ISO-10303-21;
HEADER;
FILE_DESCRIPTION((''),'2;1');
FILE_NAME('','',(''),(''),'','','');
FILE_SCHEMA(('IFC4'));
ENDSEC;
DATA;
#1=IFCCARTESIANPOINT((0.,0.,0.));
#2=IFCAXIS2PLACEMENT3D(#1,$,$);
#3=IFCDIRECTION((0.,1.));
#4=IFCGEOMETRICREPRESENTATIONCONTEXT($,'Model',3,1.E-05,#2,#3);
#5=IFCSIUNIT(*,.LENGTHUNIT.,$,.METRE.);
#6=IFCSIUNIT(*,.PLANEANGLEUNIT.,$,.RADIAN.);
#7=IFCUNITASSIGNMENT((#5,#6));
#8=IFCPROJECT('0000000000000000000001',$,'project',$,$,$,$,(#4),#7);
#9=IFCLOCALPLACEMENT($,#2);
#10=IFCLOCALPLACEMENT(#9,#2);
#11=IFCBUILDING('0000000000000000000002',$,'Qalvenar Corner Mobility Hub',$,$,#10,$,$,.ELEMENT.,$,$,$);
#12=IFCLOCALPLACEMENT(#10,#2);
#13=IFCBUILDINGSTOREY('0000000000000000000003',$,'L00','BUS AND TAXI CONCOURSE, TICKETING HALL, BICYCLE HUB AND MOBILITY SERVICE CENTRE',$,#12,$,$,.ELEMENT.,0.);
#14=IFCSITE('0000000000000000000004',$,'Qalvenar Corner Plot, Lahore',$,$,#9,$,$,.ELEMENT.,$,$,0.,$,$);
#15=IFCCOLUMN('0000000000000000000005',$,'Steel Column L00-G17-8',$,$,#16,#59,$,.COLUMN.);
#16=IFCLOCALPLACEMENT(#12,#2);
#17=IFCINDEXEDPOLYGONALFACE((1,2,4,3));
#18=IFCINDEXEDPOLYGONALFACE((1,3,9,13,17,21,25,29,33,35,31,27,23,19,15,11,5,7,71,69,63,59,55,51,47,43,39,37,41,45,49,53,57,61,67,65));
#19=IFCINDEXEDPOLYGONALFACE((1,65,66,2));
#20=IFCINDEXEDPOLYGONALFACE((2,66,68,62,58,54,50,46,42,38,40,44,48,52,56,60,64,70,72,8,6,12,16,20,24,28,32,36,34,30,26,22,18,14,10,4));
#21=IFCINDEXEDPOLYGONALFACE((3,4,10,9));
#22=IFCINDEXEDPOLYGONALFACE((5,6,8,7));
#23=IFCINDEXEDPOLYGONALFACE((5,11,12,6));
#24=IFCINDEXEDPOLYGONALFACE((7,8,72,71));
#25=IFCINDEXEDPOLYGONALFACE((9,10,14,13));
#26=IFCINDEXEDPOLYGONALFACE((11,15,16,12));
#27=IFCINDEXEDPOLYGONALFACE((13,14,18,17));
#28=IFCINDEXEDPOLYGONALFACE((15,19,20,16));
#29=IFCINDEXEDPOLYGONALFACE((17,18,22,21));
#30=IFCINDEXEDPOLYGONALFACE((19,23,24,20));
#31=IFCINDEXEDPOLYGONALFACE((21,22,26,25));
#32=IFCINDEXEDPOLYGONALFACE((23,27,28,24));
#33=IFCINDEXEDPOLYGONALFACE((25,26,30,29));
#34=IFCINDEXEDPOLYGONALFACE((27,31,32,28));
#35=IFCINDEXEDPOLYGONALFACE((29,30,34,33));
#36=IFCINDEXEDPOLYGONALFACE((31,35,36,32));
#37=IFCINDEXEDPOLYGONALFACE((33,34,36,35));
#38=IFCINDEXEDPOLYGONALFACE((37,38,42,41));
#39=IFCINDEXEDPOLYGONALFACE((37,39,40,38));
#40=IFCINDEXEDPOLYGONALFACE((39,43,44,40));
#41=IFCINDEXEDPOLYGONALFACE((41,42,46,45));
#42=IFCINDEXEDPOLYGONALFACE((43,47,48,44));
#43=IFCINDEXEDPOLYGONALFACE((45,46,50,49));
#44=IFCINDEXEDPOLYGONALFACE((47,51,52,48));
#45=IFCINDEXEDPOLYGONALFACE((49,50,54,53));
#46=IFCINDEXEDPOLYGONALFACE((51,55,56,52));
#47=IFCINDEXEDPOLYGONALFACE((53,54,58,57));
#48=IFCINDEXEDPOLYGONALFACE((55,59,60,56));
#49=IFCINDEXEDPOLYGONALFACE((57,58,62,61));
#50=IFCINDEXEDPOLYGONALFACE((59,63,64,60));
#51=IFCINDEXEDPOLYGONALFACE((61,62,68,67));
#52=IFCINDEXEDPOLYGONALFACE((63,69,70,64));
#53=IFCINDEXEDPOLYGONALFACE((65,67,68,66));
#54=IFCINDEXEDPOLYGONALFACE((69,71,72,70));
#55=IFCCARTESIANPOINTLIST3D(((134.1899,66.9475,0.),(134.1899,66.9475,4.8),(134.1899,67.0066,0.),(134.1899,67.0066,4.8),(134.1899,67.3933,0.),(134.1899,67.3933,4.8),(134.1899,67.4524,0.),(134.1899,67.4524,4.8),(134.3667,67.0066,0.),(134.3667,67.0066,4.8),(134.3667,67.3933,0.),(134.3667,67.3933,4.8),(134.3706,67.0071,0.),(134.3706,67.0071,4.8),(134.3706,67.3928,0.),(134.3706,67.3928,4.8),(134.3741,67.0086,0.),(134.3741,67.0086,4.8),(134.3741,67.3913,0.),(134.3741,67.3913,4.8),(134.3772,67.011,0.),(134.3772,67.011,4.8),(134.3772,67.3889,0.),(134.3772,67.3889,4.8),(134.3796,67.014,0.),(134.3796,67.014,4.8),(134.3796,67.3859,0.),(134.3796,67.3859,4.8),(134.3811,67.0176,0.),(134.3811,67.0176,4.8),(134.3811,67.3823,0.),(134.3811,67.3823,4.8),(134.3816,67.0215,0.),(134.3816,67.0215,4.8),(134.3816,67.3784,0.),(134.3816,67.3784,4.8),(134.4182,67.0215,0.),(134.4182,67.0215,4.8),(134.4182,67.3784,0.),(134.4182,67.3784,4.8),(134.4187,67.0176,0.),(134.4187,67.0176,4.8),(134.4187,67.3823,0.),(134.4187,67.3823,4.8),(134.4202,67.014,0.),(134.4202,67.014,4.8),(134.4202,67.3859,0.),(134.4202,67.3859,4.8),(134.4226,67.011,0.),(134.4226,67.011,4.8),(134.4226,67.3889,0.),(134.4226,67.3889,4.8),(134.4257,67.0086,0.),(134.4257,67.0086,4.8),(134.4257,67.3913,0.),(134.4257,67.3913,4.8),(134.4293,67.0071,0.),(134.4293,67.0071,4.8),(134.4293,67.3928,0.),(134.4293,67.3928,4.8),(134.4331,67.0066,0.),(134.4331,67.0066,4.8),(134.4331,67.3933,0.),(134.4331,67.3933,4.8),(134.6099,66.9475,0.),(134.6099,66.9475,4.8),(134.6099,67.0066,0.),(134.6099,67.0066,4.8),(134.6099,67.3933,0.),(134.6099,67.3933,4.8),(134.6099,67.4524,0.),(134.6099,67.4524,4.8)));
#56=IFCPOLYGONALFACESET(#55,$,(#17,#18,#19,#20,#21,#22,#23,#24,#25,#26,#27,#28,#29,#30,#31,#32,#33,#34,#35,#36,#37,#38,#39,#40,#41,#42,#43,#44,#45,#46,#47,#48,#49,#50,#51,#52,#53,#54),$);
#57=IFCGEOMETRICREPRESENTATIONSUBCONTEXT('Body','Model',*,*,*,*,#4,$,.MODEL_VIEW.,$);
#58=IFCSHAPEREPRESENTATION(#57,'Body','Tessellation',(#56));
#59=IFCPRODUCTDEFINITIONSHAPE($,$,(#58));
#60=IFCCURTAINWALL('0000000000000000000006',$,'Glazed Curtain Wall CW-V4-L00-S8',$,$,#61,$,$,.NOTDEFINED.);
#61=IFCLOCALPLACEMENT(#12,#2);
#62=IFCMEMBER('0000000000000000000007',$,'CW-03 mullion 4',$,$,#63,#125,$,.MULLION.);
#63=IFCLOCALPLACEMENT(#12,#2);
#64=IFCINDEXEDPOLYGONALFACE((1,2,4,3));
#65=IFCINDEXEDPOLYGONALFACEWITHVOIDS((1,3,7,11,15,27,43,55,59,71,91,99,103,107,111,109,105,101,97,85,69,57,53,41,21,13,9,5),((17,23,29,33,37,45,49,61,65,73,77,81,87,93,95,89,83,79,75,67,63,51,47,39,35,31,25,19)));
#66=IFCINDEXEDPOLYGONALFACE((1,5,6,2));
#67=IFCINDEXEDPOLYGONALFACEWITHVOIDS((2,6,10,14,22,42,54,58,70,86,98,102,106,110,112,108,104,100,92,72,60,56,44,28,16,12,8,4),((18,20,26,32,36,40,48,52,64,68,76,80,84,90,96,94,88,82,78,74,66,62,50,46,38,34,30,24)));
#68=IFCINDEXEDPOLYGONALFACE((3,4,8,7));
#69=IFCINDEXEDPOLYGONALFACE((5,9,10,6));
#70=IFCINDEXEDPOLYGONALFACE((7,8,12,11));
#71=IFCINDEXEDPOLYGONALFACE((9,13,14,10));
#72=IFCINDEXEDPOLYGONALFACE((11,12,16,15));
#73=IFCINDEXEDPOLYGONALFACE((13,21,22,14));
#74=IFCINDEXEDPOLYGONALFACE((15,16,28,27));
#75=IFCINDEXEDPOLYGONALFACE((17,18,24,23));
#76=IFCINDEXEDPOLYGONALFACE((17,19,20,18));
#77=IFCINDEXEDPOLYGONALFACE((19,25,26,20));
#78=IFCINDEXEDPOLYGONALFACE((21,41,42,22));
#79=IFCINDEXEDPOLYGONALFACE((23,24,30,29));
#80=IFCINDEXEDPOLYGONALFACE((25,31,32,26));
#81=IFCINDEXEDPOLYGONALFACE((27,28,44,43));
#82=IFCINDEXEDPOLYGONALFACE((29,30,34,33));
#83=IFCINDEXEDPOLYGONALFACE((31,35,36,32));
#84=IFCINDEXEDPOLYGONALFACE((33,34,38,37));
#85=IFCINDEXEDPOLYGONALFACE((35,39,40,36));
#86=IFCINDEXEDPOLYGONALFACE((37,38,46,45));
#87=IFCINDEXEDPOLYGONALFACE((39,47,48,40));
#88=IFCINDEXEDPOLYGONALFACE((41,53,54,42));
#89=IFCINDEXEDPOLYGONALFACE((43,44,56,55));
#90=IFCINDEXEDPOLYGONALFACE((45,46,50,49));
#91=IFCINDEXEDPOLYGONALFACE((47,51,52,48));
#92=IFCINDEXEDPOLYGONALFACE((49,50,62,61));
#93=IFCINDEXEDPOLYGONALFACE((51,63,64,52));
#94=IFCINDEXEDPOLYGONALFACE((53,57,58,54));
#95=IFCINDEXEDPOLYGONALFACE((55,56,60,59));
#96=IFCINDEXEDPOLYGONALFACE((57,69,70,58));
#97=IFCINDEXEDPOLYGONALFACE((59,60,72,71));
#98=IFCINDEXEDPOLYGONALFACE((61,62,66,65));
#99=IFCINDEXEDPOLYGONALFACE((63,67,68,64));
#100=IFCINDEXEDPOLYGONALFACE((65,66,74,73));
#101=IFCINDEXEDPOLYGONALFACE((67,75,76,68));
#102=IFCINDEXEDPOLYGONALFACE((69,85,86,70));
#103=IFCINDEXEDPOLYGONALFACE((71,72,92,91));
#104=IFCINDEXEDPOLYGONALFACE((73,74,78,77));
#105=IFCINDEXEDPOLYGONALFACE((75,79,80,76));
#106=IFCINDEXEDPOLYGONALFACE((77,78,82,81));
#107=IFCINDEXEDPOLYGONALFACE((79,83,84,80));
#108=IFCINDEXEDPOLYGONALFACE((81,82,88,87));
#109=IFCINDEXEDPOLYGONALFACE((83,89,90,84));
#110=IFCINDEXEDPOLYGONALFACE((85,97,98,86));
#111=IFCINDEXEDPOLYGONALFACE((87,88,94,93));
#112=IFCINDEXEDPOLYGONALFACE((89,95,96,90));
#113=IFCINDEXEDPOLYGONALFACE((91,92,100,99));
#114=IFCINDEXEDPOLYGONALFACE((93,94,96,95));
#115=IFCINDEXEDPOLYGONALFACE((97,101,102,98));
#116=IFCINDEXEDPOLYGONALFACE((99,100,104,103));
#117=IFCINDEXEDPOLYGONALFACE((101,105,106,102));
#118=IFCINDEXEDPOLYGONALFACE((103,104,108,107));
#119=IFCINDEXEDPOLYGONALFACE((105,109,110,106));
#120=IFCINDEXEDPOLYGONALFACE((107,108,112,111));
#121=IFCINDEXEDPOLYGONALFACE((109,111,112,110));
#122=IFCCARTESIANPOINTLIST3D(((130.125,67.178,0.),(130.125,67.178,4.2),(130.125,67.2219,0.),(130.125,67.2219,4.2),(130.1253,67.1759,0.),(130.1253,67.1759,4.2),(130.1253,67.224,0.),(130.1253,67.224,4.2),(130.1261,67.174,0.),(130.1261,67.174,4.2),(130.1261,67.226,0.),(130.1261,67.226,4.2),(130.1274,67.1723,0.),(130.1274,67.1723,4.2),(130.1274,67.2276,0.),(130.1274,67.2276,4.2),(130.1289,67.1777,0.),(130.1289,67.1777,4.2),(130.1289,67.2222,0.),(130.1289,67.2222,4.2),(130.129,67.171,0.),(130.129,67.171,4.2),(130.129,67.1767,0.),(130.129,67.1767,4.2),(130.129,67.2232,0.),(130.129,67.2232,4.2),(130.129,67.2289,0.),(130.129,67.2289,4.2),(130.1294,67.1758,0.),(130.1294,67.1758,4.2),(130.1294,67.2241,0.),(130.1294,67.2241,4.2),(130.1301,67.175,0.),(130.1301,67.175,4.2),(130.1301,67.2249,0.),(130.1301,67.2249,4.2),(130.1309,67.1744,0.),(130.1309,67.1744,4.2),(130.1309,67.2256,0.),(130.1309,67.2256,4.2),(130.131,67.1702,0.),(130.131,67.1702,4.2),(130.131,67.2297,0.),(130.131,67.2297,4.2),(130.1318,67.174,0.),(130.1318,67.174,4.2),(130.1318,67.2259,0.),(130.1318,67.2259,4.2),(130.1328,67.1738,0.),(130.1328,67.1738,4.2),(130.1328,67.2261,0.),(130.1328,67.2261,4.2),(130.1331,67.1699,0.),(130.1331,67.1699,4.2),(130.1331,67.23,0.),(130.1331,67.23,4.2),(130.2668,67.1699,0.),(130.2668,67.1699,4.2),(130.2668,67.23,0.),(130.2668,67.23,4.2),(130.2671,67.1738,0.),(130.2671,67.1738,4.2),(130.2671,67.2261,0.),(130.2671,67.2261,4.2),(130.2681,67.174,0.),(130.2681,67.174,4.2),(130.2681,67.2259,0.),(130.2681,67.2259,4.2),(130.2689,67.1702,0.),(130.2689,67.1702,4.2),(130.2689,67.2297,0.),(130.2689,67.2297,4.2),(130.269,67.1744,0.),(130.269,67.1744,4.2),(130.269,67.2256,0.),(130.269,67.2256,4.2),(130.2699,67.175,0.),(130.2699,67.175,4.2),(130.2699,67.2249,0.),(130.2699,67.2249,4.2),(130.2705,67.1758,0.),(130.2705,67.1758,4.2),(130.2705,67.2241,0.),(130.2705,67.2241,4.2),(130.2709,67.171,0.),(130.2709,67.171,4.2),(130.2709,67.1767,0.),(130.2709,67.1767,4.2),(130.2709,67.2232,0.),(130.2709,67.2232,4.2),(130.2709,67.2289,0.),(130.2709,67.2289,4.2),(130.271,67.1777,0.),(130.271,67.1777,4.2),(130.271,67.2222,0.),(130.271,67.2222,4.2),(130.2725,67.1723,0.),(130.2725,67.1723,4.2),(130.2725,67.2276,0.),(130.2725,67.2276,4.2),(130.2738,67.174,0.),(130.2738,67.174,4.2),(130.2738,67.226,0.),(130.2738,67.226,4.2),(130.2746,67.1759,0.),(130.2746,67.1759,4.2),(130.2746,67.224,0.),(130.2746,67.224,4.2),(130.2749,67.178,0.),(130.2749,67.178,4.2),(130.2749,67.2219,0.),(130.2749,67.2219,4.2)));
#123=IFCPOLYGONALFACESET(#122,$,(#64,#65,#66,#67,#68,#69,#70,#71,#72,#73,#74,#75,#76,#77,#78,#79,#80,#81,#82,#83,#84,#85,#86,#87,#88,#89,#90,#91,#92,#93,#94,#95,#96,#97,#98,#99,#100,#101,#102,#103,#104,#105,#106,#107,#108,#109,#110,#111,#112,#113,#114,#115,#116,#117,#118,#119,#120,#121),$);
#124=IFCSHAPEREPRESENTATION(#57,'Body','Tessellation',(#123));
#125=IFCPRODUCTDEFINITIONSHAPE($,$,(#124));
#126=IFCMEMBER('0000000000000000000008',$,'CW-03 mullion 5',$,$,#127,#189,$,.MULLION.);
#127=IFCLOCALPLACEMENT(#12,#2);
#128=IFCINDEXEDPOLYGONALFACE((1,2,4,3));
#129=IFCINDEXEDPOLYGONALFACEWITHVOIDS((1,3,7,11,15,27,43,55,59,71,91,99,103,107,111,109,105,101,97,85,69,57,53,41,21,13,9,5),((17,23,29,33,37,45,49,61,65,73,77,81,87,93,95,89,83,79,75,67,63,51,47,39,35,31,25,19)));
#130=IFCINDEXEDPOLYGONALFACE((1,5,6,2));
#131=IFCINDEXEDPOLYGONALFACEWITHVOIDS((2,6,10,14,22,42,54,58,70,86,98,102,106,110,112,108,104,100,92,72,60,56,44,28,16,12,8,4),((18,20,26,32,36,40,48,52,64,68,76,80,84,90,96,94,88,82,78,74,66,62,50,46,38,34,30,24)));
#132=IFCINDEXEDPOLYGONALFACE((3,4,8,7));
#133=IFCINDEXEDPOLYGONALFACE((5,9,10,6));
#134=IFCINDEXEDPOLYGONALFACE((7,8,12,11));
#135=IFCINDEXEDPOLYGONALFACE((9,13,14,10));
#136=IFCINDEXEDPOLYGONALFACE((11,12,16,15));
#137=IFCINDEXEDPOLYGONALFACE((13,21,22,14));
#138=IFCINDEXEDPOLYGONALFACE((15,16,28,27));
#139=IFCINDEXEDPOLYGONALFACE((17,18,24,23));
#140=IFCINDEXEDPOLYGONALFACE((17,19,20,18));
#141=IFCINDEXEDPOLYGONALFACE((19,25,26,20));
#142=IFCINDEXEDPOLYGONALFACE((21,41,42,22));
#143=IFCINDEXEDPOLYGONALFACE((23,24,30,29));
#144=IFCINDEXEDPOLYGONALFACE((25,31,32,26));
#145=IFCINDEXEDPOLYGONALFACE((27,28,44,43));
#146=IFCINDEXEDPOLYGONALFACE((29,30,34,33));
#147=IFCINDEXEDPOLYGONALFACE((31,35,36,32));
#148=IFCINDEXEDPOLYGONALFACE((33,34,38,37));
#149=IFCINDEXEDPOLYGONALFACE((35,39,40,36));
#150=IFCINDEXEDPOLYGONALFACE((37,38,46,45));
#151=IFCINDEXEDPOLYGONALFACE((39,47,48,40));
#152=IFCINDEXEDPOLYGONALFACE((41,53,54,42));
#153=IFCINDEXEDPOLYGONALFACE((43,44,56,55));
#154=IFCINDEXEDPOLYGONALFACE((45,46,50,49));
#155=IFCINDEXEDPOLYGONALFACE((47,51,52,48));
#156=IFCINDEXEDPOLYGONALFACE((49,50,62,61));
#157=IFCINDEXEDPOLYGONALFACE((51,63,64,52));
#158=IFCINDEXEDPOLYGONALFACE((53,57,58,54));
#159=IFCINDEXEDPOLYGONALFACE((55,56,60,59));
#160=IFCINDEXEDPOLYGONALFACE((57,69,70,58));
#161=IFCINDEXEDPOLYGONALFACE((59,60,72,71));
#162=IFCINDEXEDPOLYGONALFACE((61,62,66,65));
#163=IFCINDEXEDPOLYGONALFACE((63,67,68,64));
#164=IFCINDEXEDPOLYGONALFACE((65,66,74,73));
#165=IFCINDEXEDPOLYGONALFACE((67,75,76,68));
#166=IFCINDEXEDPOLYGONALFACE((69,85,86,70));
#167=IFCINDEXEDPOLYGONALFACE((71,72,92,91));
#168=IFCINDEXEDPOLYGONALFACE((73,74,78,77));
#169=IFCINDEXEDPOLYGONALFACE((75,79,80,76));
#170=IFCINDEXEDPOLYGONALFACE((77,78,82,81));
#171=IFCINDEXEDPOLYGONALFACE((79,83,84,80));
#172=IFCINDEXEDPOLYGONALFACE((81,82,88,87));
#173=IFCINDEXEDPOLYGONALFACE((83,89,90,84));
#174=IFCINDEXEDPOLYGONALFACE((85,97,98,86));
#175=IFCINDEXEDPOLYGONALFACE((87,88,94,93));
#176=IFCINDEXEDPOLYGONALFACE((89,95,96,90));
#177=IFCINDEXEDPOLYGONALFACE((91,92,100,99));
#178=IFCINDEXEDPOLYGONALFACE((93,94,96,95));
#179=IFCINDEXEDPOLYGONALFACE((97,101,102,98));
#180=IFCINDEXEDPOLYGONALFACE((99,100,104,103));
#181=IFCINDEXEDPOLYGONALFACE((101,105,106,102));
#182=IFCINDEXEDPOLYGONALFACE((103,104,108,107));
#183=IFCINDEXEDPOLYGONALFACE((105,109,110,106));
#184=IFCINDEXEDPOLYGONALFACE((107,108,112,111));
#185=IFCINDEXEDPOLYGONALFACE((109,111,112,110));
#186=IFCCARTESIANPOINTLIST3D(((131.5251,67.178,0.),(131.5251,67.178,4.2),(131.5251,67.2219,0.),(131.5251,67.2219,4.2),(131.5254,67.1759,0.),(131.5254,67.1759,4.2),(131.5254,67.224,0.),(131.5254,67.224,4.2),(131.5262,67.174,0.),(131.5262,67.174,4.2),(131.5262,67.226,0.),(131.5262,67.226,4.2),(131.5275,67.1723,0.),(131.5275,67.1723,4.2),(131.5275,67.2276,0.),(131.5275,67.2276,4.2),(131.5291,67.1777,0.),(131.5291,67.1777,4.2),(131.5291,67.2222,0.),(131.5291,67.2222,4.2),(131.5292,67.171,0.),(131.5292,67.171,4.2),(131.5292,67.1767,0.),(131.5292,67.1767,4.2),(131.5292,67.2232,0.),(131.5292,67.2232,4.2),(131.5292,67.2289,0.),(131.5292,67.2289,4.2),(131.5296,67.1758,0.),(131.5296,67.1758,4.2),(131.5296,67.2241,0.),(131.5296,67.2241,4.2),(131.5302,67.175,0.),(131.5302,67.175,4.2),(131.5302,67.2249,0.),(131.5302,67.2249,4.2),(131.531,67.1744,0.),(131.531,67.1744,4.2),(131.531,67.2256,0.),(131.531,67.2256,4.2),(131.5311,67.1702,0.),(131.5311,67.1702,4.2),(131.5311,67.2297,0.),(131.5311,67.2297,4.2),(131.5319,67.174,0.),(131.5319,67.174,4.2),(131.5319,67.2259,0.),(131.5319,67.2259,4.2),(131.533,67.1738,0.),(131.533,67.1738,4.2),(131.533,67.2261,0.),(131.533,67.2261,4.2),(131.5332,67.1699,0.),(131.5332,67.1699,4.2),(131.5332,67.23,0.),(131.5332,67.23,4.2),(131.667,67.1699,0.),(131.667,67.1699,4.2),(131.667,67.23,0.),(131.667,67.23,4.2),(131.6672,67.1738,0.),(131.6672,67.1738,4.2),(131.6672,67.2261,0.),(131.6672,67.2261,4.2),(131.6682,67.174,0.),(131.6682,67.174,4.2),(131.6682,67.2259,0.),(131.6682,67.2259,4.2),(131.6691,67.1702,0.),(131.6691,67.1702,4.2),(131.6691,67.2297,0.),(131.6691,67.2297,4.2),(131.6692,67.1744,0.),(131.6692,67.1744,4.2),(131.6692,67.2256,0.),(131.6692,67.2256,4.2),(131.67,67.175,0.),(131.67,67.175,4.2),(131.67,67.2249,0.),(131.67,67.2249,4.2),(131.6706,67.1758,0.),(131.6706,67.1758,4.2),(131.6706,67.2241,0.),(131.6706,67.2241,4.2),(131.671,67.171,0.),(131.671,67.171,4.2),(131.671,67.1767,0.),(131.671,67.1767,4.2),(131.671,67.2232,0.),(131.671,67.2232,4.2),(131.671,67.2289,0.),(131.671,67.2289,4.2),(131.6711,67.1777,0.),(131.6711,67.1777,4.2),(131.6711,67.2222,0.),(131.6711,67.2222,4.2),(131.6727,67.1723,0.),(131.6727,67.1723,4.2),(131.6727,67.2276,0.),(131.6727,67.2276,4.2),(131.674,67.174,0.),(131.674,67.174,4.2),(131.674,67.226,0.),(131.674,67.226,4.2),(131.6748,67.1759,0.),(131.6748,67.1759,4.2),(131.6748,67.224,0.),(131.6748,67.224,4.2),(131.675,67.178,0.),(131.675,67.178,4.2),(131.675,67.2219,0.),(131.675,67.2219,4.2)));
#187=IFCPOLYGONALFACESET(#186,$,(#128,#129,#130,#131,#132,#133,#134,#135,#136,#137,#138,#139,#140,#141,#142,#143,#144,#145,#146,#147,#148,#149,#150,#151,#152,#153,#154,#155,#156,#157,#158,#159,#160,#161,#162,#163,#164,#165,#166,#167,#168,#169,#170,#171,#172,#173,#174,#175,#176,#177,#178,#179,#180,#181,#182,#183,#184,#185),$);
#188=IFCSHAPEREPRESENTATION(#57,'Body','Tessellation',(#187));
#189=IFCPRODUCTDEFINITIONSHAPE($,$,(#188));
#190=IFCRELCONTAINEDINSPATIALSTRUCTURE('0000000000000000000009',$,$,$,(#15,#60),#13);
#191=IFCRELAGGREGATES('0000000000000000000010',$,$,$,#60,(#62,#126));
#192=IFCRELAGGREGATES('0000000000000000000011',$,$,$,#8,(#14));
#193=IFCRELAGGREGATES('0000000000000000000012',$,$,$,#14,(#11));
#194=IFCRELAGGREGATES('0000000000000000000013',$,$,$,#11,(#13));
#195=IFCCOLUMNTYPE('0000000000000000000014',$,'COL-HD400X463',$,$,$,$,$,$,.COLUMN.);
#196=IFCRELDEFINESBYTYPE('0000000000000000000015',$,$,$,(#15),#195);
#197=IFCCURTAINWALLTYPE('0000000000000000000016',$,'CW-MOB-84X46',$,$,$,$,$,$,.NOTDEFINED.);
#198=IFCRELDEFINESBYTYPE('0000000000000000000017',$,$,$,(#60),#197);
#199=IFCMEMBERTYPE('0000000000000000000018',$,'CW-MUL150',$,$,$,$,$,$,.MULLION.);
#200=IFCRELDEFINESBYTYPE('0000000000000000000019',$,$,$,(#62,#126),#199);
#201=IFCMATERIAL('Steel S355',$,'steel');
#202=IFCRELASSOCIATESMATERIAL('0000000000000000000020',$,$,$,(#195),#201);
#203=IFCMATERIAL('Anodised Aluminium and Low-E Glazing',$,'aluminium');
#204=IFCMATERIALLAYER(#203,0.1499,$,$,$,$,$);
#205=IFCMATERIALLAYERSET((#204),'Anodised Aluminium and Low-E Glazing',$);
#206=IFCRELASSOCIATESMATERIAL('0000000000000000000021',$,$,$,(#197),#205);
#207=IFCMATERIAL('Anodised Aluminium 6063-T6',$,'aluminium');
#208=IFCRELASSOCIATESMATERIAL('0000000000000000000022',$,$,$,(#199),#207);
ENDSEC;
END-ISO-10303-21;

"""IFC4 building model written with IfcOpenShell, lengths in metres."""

from ifc_helpers import new_model, si_unit, direction, frame, origin, origin_2d, place, context, subcontext, project, spatial, hollow_rectangle, i_section, extrude, material, layer, layer_set, material_profile, profile_set, type_object, element, aggregate, save


model = new_model("IFC4")

# Units and contexts
model_context = context("Model", 3, precision=1e-05, world=origin(), true_north=direction((0.0, 1.0)))
body_context = subcontext(model_context, "Body", "Model", "MODEL_VIEW")
ifc_project = project(units=[si_unit("LENGTHUNIT", "METRE"), si_unit("PLANEANGLEUNIT", "RADIAN")], contexts=[model_context])

# Site, building, storey
site_placement = place(None, origin())
site = spatial("IfcSite", under=ifc_project, at=site_placement, Name="Qalvenar Corner Plot, Lahore", CompositionType="ELEMENT", RefElevation=0.0)
building_placement = place(site_placement, origin())
building = spatial("IfcBuilding", under=site, at=building_placement, Name="Qalvenar Corner Mobility Hub", CompositionType="ELEMENT")
storey_placement = place(building_placement, origin())
storey = spatial("IfcBuildingStorey", under=building, at=storey_placement, Name="L00", Description="BUS AND TAXI CONCOURSE, TICKETING HALL, BICYCLE HUB AND MOBILITY SERVICE CENTRE", CompositionType="ELEMENT", Elevation=0.0)

# Column
ifc_material_1 = material(Name="Steel S355", Category="steel")
ifc_material_profile_1 = material_profile(ifc_material_1, i_section(OverallWidth=0.4199, OverallDepth=0.5049, WebThickness=0.0366, FlangeThickness=0.0591, FilletRadius=0.0149, at=origin_2d()), Name="HD400x551")
ifc_profile_set_1 = profile_set([ifc_material_profile_1], Name="Steel S355")
column_type = type_object("IfcColumnType", Name="COL-HD400X463", PredefinedType="COLUMN", material=ifc_profile_set_1)
column_placement = place(storey_placement, frame((134.3999, 67.2, 0.0), z_axis=(0.0, 0.0, 1.0), x_axis=(1.0, 0.0, 0.0)))
element("IfcColumn", 1, at=column_placement, inside=storey, type_object=column_type, Name="Steel Column L00-G17-8", PredefinedType="COLUMN", context=body_context, shape_type="SweptSolid", body=[
    extrude(i_section(OverallWidth=0.4199, OverallDepth=0.5049, WebThickness=0.0366, FlangeThickness=0.0591, FilletRadius=0.0149, at=origin_2d()), origin(), (0.0, 0.0, 1.0), 4.8),
])

# Curtain wall, members
ifc_material_2 = material(Name="Anodised Aluminium and Low-E Glazing", Category="aluminium")
ifc_layer_1 = layer(ifc_material_2, 0.1499)
ifc_layer_set_1 = layer_set([ifc_layer_1], Name="Anodised Aluminium and Low-E Glazing")
curtain_wall_type = type_object("IfcCurtainWallType", Name="CW-MOB-84X46", PredefinedType="NOTDEFINED", material=ifc_layer_set_1)
curtain_wall_placement = place(storey_placement, origin())
curtain_wall = element("IfcCurtainWall", 2, at=curtain_wall_placement, inside=storey, type_object=curtain_wall_type, Name="Glazed Curtain Wall CW-V4-L00-S8", PredefinedType="NOTDEFINED")
ifc_material_3 = material(Name="Anodised Aluminium 6063-T6", Category="aluminium")
ifc_material_profile_2 = material_profile(ifc_material_3, hollow_rectangle(XDim=0.0601, YDim=0.1499, WallThickness=0.0039, InnerFilletRadius=0.0039, OuterFilletRadius=0.0081, at=origin_2d()), Name="RHS150x60x4")
ifc_profile_set_2 = profile_set([ifc_material_profile_2], Name="Anodised Aluminium 6063-T6")
member_type_1 = type_object("IfcMemberType", Name="CW-MUL150", PredefinedType="MULLION", material=ifc_profile_set_2)
member_1_placement = place(storey_placement, frame((130.2, 67.2, 0.0), z_axis=(0.0, 0.0, 1.0), x_axis=(0.0, 1.0, 0.0)))
member_1 = element("IfcMember", 3, at=member_1_placement, type_object=member_type_1, Name="CW-03 mullion 4", PredefinedType="MULLION", context=body_context, shape_type="SweptSolid", body=[
    extrude(hollow_rectangle(XDim=0.0601, YDim=0.1499, WallThickness=0.0039, InnerFilletRadius=0.0039, OuterFilletRadius=0.0081, at=origin_2d()), origin(), (0.0, 0.0, 1.0), 4.2),
])
member_2_placement = place(storey_placement, frame((131.6001, 67.2, 0.0), z_axis=(0.0, 0.0, 1.0), x_axis=(0.0, 1.0, 0.0)))
member_2 = element("IfcMember", 4, at=member_2_placement, type_object=member_type_1, Name="CW-03 mullion 5", PredefinedType="MULLION", context=body_context, shape_type="SweptSolid", body=[
    extrude(hollow_rectangle(XDim=0.0601, YDim=0.1499, WallThickness=0.0039, InnerFilletRadius=0.0039, OuterFilletRadius=0.0081, at=origin_2d()), origin(), (0.0, 0.0, 1.0), 4.2),
])
aggregate(curtain_wall, [member_1, member_2])

save(model, "model.ifc")
